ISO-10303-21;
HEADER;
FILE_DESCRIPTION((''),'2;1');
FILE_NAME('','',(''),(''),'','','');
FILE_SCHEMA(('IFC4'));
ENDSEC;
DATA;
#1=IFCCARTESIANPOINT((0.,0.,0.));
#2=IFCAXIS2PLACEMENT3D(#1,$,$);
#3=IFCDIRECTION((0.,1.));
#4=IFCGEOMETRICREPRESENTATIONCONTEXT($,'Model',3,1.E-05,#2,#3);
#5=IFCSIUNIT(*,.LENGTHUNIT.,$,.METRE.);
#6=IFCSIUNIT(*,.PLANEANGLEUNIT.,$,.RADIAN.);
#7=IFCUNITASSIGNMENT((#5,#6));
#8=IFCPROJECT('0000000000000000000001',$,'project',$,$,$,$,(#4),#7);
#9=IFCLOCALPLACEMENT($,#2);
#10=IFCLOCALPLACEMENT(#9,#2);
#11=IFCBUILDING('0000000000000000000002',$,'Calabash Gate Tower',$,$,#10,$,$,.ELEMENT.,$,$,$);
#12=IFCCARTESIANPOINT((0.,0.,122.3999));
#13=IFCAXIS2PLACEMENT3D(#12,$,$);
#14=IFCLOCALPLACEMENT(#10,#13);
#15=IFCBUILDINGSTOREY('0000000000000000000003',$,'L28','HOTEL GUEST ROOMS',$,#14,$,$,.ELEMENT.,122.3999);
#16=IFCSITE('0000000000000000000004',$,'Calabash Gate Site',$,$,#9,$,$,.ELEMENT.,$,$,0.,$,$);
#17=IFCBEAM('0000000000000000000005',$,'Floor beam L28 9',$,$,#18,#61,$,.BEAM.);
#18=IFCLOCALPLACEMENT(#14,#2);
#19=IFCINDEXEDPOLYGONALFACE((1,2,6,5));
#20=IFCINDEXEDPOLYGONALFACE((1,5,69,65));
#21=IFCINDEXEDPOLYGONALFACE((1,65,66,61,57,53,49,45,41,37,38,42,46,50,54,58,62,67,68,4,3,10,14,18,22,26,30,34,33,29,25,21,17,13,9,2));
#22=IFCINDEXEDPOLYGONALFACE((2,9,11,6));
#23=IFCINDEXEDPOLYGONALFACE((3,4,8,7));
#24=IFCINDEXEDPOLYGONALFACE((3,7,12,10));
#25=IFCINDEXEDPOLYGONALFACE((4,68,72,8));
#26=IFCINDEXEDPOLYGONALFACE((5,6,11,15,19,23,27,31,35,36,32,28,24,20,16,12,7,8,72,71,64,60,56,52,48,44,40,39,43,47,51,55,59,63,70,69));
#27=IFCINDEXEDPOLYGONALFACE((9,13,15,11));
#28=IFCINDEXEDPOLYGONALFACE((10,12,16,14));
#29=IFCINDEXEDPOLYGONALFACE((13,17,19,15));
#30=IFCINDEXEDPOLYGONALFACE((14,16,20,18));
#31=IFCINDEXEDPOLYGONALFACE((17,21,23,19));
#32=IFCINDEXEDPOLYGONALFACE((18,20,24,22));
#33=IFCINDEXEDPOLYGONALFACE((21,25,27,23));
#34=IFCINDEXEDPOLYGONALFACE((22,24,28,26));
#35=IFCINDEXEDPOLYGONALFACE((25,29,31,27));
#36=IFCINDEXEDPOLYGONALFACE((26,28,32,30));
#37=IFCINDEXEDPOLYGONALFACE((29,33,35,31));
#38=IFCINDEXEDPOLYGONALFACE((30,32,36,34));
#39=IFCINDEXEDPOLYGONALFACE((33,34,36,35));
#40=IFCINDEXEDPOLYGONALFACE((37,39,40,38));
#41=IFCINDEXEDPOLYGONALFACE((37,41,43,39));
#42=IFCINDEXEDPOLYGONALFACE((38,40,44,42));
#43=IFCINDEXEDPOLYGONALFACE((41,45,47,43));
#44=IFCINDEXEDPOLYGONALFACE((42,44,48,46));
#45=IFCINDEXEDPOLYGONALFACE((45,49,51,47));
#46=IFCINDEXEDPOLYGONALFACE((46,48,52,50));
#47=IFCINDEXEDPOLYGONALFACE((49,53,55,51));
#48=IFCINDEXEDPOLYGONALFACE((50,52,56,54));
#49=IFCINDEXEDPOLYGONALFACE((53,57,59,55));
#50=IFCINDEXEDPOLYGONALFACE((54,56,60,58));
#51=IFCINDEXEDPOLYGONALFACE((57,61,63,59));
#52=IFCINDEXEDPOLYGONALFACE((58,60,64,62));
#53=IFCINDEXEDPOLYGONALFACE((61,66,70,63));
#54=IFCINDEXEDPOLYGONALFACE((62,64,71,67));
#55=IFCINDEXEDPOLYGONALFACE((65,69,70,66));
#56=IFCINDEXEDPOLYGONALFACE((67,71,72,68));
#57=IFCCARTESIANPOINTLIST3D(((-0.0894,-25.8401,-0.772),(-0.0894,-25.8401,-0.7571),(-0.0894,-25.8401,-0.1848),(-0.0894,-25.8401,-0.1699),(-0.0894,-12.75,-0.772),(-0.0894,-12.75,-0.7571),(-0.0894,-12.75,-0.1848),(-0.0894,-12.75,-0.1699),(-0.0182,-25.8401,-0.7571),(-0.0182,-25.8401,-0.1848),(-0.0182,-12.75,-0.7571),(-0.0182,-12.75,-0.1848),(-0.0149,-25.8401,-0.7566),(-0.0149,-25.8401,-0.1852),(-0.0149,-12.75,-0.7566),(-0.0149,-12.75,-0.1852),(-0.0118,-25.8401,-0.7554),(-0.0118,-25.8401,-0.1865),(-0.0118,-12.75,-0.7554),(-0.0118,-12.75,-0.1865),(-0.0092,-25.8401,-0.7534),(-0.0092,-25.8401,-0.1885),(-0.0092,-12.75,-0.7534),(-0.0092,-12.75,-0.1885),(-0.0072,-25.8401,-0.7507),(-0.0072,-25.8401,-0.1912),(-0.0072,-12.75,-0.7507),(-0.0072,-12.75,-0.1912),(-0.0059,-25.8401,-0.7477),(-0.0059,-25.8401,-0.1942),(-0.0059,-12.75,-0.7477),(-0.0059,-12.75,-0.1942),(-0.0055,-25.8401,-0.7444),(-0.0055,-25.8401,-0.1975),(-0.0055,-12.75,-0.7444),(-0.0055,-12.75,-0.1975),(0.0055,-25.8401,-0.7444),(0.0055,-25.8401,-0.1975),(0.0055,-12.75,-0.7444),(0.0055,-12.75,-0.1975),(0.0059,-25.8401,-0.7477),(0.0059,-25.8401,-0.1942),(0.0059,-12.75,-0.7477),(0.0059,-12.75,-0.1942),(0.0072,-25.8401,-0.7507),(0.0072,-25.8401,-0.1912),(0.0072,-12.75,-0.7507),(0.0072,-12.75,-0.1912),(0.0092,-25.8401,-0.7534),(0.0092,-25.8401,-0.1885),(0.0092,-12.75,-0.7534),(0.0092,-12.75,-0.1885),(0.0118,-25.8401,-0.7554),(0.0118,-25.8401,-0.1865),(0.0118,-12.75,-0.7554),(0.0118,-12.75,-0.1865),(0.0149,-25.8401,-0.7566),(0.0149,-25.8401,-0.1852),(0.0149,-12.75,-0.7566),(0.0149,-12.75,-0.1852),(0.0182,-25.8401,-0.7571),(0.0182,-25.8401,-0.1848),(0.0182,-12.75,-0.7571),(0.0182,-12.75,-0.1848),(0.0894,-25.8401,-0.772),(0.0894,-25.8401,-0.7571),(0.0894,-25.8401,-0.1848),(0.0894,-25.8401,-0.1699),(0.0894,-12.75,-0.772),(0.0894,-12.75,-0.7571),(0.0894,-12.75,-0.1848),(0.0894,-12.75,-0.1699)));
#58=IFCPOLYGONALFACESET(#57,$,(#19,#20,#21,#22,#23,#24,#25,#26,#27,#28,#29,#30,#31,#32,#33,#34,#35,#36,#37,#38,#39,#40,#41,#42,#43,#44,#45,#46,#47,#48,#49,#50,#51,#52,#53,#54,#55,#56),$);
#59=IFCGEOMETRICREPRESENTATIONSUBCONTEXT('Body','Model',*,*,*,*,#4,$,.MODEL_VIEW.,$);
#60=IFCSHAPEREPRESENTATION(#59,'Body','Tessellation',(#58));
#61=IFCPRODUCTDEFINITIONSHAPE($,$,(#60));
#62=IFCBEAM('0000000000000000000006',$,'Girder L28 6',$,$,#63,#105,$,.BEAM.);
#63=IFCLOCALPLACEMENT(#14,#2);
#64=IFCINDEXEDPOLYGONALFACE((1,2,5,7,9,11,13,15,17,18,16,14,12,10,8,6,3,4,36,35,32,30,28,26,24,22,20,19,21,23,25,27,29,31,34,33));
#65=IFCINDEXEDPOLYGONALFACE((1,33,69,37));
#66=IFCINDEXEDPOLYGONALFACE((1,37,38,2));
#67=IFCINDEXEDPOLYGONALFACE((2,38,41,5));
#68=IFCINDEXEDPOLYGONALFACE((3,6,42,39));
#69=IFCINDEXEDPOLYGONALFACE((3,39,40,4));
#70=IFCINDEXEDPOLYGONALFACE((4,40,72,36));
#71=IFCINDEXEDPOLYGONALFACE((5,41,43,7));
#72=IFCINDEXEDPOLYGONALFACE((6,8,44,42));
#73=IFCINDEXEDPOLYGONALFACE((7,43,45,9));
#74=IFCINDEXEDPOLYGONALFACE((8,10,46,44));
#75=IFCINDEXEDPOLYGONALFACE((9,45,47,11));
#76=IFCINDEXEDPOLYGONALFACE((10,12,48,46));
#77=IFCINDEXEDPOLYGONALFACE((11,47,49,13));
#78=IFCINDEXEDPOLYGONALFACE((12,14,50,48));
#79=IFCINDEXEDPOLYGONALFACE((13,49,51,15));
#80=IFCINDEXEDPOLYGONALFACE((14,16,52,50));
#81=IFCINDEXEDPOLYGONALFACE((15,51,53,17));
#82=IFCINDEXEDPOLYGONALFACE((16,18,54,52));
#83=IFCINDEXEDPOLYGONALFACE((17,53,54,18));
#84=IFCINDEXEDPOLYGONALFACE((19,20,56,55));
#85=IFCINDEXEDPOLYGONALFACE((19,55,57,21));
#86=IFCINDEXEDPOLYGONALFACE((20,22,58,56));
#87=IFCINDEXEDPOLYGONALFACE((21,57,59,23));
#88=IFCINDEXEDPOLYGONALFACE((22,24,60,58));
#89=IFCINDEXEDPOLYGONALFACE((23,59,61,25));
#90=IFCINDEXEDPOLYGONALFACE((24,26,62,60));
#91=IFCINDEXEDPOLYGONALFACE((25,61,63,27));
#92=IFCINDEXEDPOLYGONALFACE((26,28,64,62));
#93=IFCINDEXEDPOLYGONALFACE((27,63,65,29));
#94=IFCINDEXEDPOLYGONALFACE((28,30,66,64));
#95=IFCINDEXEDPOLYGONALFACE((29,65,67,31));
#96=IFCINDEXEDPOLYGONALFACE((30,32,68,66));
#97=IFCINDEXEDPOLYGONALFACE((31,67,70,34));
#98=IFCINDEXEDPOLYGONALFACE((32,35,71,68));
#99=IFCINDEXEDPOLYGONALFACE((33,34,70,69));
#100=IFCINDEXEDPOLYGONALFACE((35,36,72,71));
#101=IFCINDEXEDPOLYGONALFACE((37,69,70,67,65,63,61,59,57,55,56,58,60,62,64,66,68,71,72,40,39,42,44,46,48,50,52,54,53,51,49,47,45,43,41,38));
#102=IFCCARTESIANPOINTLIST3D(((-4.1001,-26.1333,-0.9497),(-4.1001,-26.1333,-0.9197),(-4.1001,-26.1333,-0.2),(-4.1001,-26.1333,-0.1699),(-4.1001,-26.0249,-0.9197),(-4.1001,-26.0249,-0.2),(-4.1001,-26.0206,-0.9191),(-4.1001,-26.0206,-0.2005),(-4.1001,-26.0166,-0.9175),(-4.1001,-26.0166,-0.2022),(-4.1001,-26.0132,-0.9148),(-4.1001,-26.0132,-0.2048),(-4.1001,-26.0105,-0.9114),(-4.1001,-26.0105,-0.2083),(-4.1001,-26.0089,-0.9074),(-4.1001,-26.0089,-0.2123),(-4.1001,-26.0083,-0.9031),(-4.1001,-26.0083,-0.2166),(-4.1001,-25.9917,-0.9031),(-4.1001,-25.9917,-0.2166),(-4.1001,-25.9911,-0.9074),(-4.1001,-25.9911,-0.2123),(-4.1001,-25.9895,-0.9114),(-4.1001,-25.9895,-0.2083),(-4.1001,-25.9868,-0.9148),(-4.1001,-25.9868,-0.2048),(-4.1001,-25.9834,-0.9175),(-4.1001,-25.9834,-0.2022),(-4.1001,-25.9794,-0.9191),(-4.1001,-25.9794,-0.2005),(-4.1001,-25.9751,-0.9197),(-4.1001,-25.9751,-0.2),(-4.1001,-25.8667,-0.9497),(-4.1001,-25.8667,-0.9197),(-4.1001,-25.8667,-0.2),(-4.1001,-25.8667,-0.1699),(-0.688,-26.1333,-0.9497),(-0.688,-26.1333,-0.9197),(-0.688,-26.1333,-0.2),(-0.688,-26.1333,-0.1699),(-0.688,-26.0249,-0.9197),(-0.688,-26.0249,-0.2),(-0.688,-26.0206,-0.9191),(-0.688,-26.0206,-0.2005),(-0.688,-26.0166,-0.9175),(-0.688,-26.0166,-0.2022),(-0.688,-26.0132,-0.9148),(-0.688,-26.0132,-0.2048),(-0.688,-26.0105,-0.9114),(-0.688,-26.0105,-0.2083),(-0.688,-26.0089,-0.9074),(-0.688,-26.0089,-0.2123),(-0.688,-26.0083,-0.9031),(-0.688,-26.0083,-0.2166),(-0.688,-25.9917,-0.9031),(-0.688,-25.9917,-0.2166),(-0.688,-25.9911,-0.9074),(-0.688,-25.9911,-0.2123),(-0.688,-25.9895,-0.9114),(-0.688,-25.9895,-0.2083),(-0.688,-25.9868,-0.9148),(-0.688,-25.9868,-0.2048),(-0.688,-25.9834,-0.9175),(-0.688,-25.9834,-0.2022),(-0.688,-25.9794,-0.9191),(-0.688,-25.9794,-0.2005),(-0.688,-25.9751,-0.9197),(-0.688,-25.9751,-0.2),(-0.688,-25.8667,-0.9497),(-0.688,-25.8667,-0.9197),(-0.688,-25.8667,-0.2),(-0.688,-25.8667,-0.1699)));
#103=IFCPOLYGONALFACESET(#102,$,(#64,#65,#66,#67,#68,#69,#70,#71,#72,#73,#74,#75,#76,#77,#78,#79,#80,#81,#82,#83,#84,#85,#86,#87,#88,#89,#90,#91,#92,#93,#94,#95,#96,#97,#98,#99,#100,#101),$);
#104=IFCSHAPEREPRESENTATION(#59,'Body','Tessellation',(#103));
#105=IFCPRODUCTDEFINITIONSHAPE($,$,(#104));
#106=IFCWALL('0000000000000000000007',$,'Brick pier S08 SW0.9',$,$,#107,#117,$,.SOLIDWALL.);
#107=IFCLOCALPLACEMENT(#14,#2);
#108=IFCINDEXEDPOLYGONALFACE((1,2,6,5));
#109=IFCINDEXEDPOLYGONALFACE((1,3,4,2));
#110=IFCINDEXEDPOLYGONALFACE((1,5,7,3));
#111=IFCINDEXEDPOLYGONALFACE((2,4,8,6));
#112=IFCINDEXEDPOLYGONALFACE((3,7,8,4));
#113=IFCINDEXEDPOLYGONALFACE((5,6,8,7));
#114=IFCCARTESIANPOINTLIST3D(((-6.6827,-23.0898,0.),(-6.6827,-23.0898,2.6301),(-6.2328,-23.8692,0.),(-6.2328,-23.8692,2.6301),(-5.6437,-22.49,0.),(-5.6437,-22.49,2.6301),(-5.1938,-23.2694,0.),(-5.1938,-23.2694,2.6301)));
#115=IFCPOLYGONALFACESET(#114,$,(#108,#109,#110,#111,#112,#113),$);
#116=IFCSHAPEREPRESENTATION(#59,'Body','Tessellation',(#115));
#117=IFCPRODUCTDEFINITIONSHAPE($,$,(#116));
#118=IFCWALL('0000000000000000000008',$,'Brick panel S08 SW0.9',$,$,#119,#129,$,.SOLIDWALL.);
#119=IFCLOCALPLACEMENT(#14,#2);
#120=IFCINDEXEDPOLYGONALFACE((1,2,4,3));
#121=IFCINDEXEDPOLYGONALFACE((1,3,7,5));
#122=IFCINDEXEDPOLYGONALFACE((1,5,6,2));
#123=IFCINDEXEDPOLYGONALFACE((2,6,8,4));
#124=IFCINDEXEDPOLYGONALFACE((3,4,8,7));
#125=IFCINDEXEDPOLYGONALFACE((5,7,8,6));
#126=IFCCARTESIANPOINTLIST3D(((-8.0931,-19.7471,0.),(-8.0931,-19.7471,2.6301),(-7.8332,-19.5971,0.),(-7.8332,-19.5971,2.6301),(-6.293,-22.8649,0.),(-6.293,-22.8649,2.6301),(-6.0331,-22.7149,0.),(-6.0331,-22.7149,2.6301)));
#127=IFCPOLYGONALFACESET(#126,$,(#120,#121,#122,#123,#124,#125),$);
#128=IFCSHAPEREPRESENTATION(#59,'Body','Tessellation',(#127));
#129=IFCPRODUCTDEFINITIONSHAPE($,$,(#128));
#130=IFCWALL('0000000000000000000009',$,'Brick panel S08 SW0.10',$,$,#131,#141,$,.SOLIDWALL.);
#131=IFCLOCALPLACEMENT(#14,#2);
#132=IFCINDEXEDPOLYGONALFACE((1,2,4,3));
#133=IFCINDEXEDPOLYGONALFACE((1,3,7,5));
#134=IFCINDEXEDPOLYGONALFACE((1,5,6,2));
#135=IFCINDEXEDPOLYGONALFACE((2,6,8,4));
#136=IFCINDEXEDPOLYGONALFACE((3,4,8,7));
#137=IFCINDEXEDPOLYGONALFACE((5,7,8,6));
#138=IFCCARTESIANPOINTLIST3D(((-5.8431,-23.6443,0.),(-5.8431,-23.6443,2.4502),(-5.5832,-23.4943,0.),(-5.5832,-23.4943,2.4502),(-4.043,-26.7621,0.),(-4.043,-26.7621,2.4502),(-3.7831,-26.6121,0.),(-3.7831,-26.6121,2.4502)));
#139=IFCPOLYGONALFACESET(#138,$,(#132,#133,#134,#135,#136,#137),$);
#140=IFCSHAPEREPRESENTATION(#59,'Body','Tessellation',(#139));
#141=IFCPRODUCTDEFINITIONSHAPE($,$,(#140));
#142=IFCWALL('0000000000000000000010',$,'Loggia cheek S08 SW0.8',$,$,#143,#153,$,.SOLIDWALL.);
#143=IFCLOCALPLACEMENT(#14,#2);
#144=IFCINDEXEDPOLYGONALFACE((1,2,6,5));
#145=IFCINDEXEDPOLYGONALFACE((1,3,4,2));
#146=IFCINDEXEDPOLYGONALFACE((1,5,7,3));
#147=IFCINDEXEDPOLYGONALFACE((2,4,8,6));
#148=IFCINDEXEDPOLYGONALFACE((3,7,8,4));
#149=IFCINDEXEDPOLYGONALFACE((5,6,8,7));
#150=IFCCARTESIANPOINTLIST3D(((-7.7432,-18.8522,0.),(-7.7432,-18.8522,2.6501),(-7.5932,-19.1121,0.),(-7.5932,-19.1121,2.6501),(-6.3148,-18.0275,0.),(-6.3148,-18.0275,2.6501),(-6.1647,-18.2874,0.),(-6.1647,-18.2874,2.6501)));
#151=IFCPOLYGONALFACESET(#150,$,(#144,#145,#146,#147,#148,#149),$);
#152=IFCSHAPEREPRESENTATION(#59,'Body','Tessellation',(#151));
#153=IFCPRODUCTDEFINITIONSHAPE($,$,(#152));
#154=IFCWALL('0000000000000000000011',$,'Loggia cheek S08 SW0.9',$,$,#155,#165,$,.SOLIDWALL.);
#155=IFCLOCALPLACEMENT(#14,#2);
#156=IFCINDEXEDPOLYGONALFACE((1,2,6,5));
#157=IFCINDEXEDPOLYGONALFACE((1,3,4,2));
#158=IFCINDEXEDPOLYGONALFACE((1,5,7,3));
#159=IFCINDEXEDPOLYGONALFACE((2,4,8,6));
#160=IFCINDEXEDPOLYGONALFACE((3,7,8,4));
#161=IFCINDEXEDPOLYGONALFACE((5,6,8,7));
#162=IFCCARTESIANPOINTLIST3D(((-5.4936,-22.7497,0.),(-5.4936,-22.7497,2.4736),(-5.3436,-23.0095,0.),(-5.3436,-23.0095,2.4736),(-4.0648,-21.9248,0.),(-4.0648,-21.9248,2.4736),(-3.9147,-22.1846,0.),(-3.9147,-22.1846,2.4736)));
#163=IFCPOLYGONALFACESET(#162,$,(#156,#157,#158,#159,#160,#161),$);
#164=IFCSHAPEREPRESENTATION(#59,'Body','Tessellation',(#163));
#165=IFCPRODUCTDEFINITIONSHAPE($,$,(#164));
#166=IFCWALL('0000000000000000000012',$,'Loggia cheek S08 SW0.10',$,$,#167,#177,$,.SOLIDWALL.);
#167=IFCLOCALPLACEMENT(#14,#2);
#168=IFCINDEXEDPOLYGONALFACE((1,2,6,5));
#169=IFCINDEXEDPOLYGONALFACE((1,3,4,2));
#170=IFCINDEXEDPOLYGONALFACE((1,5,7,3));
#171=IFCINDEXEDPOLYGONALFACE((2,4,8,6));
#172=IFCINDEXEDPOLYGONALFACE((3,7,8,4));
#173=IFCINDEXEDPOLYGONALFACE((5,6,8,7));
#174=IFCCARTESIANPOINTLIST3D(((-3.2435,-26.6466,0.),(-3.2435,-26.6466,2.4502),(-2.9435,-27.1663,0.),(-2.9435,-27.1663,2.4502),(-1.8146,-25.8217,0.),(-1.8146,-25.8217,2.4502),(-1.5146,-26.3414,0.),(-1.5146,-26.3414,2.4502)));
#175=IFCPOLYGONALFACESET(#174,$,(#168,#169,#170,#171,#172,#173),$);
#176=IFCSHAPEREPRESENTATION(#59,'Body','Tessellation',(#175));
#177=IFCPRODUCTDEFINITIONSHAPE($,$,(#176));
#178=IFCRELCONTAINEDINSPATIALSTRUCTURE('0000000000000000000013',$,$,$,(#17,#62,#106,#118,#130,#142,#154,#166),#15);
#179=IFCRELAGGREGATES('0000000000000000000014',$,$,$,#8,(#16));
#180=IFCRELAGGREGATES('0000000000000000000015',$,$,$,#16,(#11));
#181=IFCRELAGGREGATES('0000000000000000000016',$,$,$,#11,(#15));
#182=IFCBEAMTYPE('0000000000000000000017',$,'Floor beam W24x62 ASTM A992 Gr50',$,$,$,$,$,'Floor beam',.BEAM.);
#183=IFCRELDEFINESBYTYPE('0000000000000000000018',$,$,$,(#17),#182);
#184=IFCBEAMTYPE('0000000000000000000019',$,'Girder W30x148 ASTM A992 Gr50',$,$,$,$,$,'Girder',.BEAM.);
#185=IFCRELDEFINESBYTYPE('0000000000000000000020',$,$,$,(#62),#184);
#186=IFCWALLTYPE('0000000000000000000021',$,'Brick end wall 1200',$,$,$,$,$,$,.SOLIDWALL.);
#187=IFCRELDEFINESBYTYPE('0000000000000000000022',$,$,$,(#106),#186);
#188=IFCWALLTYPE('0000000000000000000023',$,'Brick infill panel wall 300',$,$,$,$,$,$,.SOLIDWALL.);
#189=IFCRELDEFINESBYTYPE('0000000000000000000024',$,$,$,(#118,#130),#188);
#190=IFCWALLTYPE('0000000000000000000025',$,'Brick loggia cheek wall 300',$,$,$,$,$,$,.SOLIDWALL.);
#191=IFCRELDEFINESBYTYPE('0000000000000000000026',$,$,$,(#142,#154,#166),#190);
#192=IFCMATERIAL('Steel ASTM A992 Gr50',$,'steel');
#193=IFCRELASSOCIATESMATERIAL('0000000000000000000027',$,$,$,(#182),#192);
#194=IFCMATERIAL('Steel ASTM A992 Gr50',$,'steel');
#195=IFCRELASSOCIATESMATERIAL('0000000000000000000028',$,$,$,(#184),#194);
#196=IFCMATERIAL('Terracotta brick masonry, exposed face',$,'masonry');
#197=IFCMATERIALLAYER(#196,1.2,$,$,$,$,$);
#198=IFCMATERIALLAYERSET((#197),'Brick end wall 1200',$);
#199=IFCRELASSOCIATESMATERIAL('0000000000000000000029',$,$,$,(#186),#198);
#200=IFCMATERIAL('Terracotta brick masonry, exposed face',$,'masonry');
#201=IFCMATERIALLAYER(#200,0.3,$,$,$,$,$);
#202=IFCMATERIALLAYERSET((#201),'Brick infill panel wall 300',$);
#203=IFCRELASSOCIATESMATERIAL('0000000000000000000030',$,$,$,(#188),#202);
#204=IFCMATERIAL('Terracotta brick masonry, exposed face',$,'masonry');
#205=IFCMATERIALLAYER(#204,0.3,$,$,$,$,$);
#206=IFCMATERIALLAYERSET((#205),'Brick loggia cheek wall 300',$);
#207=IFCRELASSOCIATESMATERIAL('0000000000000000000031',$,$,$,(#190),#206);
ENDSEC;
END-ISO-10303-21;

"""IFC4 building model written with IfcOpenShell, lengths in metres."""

from ifc_helpers import new_model, si_unit, direction, frame, frame_2d, origin, origin_2d, place, context, subcontext, project, spatial, rectangle, i_section, extrude, material, layer, layer_set, material_profile, profile_set, type_object, element, save


model = new_model("IFC4")

# Units and contexts
model_context = context("Model", 3, precision=1e-05, world=origin(), true_north=direction((0.0, 1.0)))
body_context = subcontext(model_context, "Body", "Model", "MODEL_VIEW")
ifc_project = project(units=[si_unit("LENGTHUNIT", "METRE"), si_unit("PLANEANGLEUNIT", "RADIAN")], contexts=[model_context])

# Site, building, storey
site_placement = place(None, origin())
site = spatial("IfcSite", under=ifc_project, at=site_placement, Name="Calabash Gate Site", CompositionType="ELEMENT", RefElevation=0.0)
building_placement = place(site_placement, origin())
building = spatial("IfcBuilding", under=site, at=building_placement, Name="Calabash Gate Tower", CompositionType="ELEMENT")
storey_placement = place(building_placement, frame((0.0, 0.0, 122.3999)))
storey = spatial("IfcBuildingStorey", under=building, at=storey_placement, Name="L28", Description="HOTEL GUEST ROOMS", CompositionType="ELEMENT", Elevation=122.3999)

# Beams
ifc_material_1 = material(Name="Steel ASTM A992 Gr50", Category="steel")
ifc_material_profile_1 = material_profile(ifc_material_1, i_section(OverallWidth=0.1787, OverallDepth=0.6021, WebThickness=0.011, FlangeThickness=0.0149, FilletRadius=0.0127, at=origin_2d()))
ifc_profile_set_1 = profile_set([ifc_material_profile_1], Name="Steel ASTM A992 Gr50")
beam_type_1 = type_object("IfcBeamType", Name="Floor beam W24x62 ASTM A992 Gr50", ElementType="Floor beam", PredefinedType="BEAM", material=ifc_profile_set_1)
beam_1_placement = place(storey_placement, frame((0.0, -25.8401, -0.4709), z_axis=(0.0, 1.0, 0.0), x_axis=(-1.0, 0.0, 0.0)))
element("IfcBeam", 1, at=beam_1_placement, inside=storey, type_object=beam_type_1, Name="Floor beam L28 9", PredefinedType="BEAM", context=body_context, shape_type="SweptSolid", body=[
    extrude(i_section(OverallWidth=0.1787, OverallDepth=0.6021, WebThickness=0.011, FlangeThickness=0.0149, FilletRadius=0.0127, at=origin_2d()), origin(), (0.0, 0.0, 1.0), 13.0901),
])
ifc_material_2 = material(Name="Steel ASTM A992 Gr50", Category="steel")
ifc_material_profile_2 = material_profile(ifc_material_2, i_section(OverallWidth=0.2666, OverallDepth=0.7798, WebThickness=0.0166, FlangeThickness=0.03, FilletRadius=0.0166, at=origin_2d()))
ifc_profile_set_2 = profile_set([ifc_material_profile_2], Name="Steel ASTM A992 Gr50")
beam_type_2 = type_object("IfcBeamType", Name="Girder W30x148 ASTM A992 Gr50", ElementType="Girder", PredefinedType="BEAM", material=ifc_profile_set_2)
beam_2_placement = place(storey_placement, frame((-4.1001, -26.0, -0.5598), z_axis=(1.0, 0.0, 0.0), x_axis=(0.0, 1.0, 0.0)))
element("IfcBeam", 2, at=beam_2_placement, inside=storey, type_object=beam_type_2, Name="Girder L28 6", PredefinedType="BEAM", context=body_context, shape_type="SweptSolid", body=[
    extrude(i_section(OverallWidth=0.2666, OverallDepth=0.7798, WebThickness=0.0166, FlangeThickness=0.03, FilletRadius=0.0166, at=origin_2d()), origin(), (0.0, 0.0, 1.0), 3.4121),
])

# Walls
ifc_material_3 = material(Name="Terracotta brick masonry, exposed face", Category="masonry")
ifc_layer_1 = layer(ifc_material_3, 1.2)
ifc_layer_set_1 = layer_set([ifc_layer_1], Name="Brick end wall 1200")
wall_type_1 = type_object("IfcWallType", Name="Brick end wall 1200", PredefinedType="SOLIDWALL", material=ifc_layer_set_1)
wall_1_placement = place(storey_placement, frame((-6.4578, -23.4795, 0.0), z_axis=(0.0, 0.0, 1.0), x_axis=(0.866043, 0.499969, 0.0)))
element("IfcWall", 3, at=wall_1_placement, inside=storey, type_object=wall_type_1, Name="Brick pier S08 SW0.9", PredefinedType="SOLIDWALL", context=body_context, shape_type="SweptSolid", body=[
    extrude(rectangle(XDim=1.1997, YDim=0.8999, at=frame_2d((0.5999, 0.0))), origin(), (0.0, 0.0, 1.0), 2.6301),
])
ifc_material_4 = material(Name="Terracotta brick masonry, exposed face", Category="masonry")
ifc_layer_2 = layer(ifc_material_4, 0.3)
ifc_layer_set_2 = layer_set([ifc_layer_2], Name="Brick infill panel wall 300")
wall_type_2 = type_object("IfcWallType", Name="Brick infill panel wall 300", PredefinedType="SOLIDWALL", material=ifc_layer_set_2)
wall_2_placement = place(storey_placement, frame((-7.9631, -19.6721, 0.0), z_axis=(0.0, 0.0, 1.0), x_axis=(0.500012, -0.866018, 0.0)))
element("IfcWall", 4, at=wall_2_placement, inside=storey, type_object=wall_type_2, Name="Brick panel S08 SW0.9", PredefinedType="SOLIDWALL", context=body_context, shape_type="SweptSolid", body=[
    extrude(rectangle(XDim=3.6001, YDim=0.3, at=frame_2d((1.8, 0.0))), origin(), (0.0, 0.0, 1.0), 2.6301),
])
wall_3_placement = place(storey_placement, frame((-5.7131, -23.5693, 0.0), z_axis=(0.0, 0.0, 1.0), x_axis=(0.500012, -0.866018, 0.0)))
element("IfcWall", 5, at=wall_3_placement, inside=storey, type_object=wall_type_2, Name="Brick panel S08 SW0.10", PredefinedType="SOLIDWALL", context=body_context, shape_type="SweptSolid", body=[
    extrude(rectangle(XDim=3.6001, YDim=0.3, at=frame_2d((1.8, 0.0))), origin(), (0.0, 0.0, 1.0), 2.4502),
])
ifc_material_5 = material(Name="Terracotta brick masonry, exposed face", Category="masonry")
ifc_layer_3 = layer(ifc_material_5, 0.3)
ifc_layer_set_3 = layer_set([ifc_layer_3], Name="Brick loggia cheek wall 300")
wall_type_3 = type_object("IfcWallType", Name="Brick loggia cheek wall 300", PredefinedType="SOLIDWALL", material=ifc_layer_set_3)
wall_4_placement = place(storey_placement, frame((-6.2397, -18.1575, 0.0), z_axis=(0.0, 0.0, 1.0), x_axis=(-0.86603, -0.499992, 0.0)))
element("IfcWall", 6, at=wall_4_placement, inside=storey, type_object=wall_type_3, Name="Loggia cheek S08 SW0.8", PredefinedType="SOLIDWALL", context=body_context, shape_type="SweptSolid", body=[
    extrude(rectangle(XDim=1.6494, YDim=0.3, at=frame_2d((0.8247, 0.0))), origin(), (0.0, 0.0, 1.0), 2.6501),
])
wall_5_placement = place(storey_placement, frame((-3.9897, -22.0547, 0.0), z_axis=(0.0, 0.0, 1.0), x_axis=(-0.86604, -0.499974, 0.0)))
element("IfcWall", 7, at=wall_5_placement, inside=storey, type_object=wall_type_3, Name="Loggia cheek S08 SW0.9", PredefinedType="SOLIDWALL", context=body_context, shape_type="SweptSolid", body=[
    extrude(rectangle(XDim=1.6499, YDim=0.3, at=frame_2d((0.825, 0.0))), origin(), (0.0, 0.0, 1.0), 2.4736),
])
wall_6_placement = place(storey_placement, frame((-3.0935, -26.9065, 0.0), z_axis=(0.0, 0.0, 1.0), x_axis=(0.86604, 0.499974, 0.0)))
element("IfcWall", 8, at=wall_6_placement, inside=storey, type_object=wall_type_3, Name="Loggia cheek S08 SW0.10", PredefinedType="SOLIDWALL", context=body_context, shape_type="SweptSolid", body=[
    extrude(rectangle(XDim=1.6499, YDim=0.6001, at=frame_2d((0.825, 0.0))), origin(), (0.0, 0.0, 1.0), 2.4502),
])

save(model, "model.ifc")
